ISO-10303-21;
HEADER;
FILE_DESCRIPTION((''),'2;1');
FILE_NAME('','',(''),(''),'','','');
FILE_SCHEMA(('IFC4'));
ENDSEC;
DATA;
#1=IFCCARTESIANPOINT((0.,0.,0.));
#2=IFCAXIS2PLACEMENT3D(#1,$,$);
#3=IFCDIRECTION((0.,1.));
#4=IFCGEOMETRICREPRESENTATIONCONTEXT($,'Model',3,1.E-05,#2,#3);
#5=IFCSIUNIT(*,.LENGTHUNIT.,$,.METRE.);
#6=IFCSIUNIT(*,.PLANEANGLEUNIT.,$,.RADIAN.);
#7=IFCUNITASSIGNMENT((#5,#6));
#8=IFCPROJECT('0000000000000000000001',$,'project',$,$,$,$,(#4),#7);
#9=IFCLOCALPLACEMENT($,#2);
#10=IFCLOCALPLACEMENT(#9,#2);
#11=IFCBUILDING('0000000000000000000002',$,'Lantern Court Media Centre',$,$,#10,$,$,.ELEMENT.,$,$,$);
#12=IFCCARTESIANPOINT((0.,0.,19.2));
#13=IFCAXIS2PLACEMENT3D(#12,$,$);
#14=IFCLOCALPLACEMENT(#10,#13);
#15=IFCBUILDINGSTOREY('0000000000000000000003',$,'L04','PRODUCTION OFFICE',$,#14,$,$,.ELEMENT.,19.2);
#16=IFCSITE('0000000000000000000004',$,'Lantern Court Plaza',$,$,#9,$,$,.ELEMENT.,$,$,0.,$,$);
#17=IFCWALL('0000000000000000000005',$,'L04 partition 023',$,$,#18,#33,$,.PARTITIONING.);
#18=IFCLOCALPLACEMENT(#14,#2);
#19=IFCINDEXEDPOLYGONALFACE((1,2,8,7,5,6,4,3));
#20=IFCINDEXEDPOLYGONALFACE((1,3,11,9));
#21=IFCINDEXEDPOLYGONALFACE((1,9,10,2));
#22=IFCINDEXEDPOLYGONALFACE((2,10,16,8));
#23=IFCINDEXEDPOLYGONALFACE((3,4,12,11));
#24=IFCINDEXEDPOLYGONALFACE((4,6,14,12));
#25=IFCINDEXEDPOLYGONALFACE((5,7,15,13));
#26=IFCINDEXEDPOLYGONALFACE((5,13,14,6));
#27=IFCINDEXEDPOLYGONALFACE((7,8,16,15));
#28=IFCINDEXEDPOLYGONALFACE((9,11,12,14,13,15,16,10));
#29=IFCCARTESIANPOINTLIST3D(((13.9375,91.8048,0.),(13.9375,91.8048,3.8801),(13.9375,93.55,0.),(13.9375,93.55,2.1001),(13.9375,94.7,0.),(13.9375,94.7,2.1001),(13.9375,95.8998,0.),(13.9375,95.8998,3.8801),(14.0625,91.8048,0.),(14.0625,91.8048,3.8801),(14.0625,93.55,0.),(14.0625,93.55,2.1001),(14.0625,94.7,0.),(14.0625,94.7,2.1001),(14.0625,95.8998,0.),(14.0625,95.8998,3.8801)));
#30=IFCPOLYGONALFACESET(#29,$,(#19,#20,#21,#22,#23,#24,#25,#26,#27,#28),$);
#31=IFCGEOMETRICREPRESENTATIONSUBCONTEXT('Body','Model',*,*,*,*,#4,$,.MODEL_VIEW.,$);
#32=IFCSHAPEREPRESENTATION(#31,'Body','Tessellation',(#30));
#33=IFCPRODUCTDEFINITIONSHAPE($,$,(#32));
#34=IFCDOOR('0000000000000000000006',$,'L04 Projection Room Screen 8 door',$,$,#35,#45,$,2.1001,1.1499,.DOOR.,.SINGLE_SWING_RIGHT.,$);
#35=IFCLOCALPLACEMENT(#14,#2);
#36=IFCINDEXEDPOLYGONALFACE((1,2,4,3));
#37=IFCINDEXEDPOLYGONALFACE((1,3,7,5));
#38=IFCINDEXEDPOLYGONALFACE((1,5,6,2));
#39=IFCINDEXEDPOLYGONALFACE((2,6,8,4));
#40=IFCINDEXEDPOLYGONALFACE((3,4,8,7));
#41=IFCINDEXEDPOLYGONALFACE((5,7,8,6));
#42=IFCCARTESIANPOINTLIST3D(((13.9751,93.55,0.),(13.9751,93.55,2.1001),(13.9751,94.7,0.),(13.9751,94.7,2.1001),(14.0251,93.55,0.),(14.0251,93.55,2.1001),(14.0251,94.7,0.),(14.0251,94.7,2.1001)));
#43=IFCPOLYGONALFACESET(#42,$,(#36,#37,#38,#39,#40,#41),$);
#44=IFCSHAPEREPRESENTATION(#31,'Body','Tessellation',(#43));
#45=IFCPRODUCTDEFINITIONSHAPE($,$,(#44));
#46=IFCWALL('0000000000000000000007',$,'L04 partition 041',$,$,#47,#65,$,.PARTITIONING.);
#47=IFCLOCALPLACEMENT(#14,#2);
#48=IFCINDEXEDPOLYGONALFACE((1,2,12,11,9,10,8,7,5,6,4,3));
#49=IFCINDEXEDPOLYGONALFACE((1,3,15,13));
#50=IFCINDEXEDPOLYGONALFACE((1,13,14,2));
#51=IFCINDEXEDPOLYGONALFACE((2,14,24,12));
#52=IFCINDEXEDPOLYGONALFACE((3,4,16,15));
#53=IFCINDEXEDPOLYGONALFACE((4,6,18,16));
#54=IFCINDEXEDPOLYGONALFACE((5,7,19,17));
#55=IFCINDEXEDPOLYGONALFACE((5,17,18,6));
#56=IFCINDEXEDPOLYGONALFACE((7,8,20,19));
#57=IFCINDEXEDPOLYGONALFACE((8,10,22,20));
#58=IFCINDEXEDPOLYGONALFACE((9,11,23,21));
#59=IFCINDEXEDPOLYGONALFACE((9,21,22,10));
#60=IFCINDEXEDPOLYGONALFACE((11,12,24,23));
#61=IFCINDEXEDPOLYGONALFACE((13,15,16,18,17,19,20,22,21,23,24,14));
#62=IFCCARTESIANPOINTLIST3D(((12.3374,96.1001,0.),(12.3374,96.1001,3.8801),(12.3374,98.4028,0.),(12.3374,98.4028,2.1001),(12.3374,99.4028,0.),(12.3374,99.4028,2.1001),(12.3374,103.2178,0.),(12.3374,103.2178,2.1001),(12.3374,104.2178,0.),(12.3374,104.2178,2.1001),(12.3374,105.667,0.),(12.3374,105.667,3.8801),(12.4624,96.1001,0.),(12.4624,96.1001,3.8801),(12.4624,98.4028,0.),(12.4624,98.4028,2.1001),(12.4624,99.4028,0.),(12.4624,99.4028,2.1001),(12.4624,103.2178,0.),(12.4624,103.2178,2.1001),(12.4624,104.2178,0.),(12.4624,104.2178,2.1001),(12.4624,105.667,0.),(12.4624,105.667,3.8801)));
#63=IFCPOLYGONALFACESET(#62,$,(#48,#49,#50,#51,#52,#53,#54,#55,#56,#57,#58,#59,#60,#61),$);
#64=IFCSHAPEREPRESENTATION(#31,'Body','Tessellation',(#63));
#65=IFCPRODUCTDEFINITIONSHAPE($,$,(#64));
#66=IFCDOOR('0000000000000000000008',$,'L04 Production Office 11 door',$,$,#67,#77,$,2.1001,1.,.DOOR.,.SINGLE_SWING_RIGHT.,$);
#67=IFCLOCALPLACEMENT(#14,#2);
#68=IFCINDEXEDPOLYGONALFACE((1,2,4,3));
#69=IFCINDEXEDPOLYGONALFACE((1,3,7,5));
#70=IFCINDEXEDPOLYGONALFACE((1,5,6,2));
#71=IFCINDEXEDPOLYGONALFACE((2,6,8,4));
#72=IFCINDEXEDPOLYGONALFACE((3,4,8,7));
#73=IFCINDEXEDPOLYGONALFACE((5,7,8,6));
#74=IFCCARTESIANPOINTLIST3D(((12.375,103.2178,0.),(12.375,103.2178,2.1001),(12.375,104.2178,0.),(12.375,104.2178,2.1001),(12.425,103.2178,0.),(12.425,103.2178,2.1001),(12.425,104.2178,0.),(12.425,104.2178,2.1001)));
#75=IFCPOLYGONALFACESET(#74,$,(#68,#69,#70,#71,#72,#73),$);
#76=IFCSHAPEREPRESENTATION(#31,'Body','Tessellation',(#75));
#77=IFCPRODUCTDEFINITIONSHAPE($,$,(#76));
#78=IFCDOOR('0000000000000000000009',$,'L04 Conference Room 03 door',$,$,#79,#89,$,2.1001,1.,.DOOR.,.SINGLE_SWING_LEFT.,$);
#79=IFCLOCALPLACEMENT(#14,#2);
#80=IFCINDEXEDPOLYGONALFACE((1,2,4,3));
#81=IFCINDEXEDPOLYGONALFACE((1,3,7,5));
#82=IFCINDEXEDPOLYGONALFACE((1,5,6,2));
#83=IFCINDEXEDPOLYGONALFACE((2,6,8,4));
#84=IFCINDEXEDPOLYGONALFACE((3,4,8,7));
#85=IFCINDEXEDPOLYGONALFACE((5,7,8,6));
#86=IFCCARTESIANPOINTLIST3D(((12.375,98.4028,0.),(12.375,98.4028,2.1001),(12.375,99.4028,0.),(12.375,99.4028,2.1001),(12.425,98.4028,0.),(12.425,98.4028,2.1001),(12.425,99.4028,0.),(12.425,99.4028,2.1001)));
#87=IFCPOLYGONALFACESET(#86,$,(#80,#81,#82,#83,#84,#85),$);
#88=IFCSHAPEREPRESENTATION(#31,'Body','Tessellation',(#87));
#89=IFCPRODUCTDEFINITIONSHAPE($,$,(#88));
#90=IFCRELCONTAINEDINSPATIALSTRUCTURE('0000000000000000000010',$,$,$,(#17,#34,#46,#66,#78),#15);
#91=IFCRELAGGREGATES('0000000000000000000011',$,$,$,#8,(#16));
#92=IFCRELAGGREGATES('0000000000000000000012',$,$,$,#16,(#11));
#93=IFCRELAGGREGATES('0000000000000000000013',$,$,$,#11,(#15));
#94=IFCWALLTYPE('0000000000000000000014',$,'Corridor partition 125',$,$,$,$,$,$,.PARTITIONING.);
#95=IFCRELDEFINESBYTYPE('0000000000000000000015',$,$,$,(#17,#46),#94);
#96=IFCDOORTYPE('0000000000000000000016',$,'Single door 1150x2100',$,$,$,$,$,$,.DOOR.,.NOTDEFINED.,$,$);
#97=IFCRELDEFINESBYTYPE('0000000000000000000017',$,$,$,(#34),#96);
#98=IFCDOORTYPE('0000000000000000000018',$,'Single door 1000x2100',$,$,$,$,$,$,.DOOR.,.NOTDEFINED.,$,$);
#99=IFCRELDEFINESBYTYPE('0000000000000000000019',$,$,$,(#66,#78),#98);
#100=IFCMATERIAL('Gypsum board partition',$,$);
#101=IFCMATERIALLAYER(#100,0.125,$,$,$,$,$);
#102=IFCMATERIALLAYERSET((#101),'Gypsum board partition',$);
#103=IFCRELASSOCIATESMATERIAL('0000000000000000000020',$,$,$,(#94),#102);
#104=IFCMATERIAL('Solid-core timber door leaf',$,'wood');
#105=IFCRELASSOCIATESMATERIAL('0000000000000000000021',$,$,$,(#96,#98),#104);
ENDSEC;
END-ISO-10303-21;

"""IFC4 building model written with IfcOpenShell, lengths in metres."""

from ifc_helpers import new_model, si_unit, direction, frame, frame_2d, origin, place, context, subcontext, project, spatial, rectangle, extrude, material, layer, layer_set, type_object, element, fill, save


model = new_model("IFC4")

# Units and contexts
model_context = context("Model", 3, precision=1e-05, world=origin(), true_north=direction((0.0, 1.0)))
body_context = subcontext(model_context, "Body", "Model", "MODEL_VIEW")
ifc_project = project(units=[si_unit("LENGTHUNIT", "METRE"), si_unit("PLANEANGLEUNIT", "RADIAN")], contexts=[model_context])

# Site, building, storey
site_placement = place(None, origin())
site = spatial("IfcSite", under=ifc_project, at=site_placement, Name="Lantern Court Plaza", CompositionType="ELEMENT", RefElevation=0.0)
building_placement = place(site_placement, origin())
building = spatial("IfcBuilding", under=site, at=building_placement, Name="Lantern Court Media Centre", CompositionType="ELEMENT")
storey_placement = place(building_placement, frame((0.0, 0.0, 19.2)))
storey = spatial("IfcBuildingStorey", under=building, at=storey_placement, Name="L04", Description="PRODUCTION OFFICE", CompositionType="ELEMENT", Elevation=19.2)

# Wall, opening, door
ifc_material_1 = material(Name="Gypsum board partition")
ifc_layer_1 = layer(ifc_material_1, 0.125)
ifc_layer_set_1 = layer_set([ifc_layer_1], Name="Gypsum board partition")
wall_type_1 = type_object("IfcWallType", Name="Corridor partition 125", PredefinedType="PARTITIONING", material=ifc_layer_set_1)
wall_1_placement = place(storey_placement, frame((14.0, 91.8049, 0.0), z_axis=(0.0, 0.0, 1.0), x_axis=(0.0, 1.0, 0.0)))
wall_1 = element("IfcWall", 1, at=wall_1_placement, inside=storey, type_object=wall_type_1, Name="L04 partition 023", PredefinedType="PARTITIONING", context=body_context, shape_type="SweptSolid", body=[
    extrude(rectangle(XDim=4.095, YDim=0.125, at=frame_2d((2.0474, 0.0))), origin(), (0.0, 0.0, 1.0), 3.8801),
])
opening_1_placement = place(wall_1_placement, frame((1.7451, 0.0, 0.0)))
opening_1 = element("IfcOpeningElement", 2, at=opening_1_placement, cuts=wall_1, PredefinedType="OPENING", context=body_context, shape_type="SweptSolid", body=[
    extrude(rectangle(XDim=1.1499, YDim=2.1001, at=frame_2d((0.575, 1.05))), frame((0.0, 0.0725, 0.0), z_axis=(0.0, -1.0, 0.0), x_axis=(1.0, 0.0, 0.0)), (0.0, 0.0, 1.0), 0.145),
])
ifc_material_2 = material(Name="Solid-core timber door leaf", Category="wood")
door_type_1 = type_object("IfcDoorType", Name="Single door 1150x2100", OperationType="NOTDEFINED", PredefinedType="DOOR", material=ifc_material_2)
door_1_placement = place(opening_1_placement, origin())
door_1 = element("IfcDoor", 3, at=door_1_placement, inside=storey, type_object=door_type_1, Name="L04 Projection Room Screen 8 door", OperationType="SINGLE_SWING_RIGHT", OverallHeight=2.1001, OverallWidth=1.1499, PredefinedType="DOOR", context=body_context, shape_type="SweptSolid", body=[
    extrude(rectangle(XDim=1.1499, YDim=2.1001, at=frame_2d((0.575, 1.05))), frame((0.0, 0.0249, 0.0), z_axis=(0.0, -1.0, 0.0), x_axis=(1.0, 0.0, 0.0)), (0.0, 0.0, 1.0), 0.05),
])
fill(opening_1, door_1)

# Wall, openings, doors
wall_2_placement = place(storey_placement, frame((12.3999, 96.1001, 0.0), z_axis=(0.0, 0.0, 1.0), x_axis=(0.0, 1.0, 0.0)))
wall_2 = element("IfcWall", 4, at=wall_2_placement, inside=storey, type_object=wall_type_1, Name="L04 partition 041", PredefinedType="PARTITIONING", context=body_context, shape_type="SweptSolid", body=[
    extrude(rectangle(XDim=9.5669, YDim=0.125, at=frame_2d((4.7834, 0.0))), origin(), (0.0, 0.0, 1.0), 3.8801),
])
opening_2_placement = place(wall_2_placement, frame((7.1177, 0.0, 0.0)))
opening_2 = element("IfcOpeningElement", 5, at=opening_2_placement, cuts=wall_2, PredefinedType="OPENING", context=body_context, shape_type="SweptSolid", body=[
    extrude(rectangle(XDim=1.0, YDim=2.1001, at=frame_2d((0.5, 1.05))), frame((0.0, 0.0725, 0.0), z_axis=(0.0, -1.0, 0.0), x_axis=(1.0, 0.0, 0.0)), (0.0, 0.0, 1.0), 0.145),
])
opening_3_placement = place(wall_2_placement, frame((2.3027, 0.0, 0.0)))
opening_3 = element("IfcOpeningElement", 6, at=opening_3_placement, cuts=wall_2, PredefinedType="OPENING", context=body_context, shape_type="SweptSolid", body=[
    extrude(rectangle(XDim=1.0, YDim=2.1001, at=frame_2d((0.5, 1.05))), frame((0.0, 0.0725, 0.0), z_axis=(0.0, -1.0, 0.0), x_axis=(1.0, 0.0, 0.0)), (0.0, 0.0, 1.0), 0.145),
])
door_type_2 = type_object("IfcDoorType", Name="Single door 1000x2100", OperationType="NOTDEFINED", PredefinedType="DOOR", material=ifc_material_2)
door_2_placement = place(opening_2_placement, origin())
door_2 = element("IfcDoor", 7, at=door_2_placement, inside=storey, type_object=door_type_2, Name="L04 Production Office 11 door", OperationType="SINGLE_SWING_RIGHT", OverallHeight=2.1001, OverallWidth=1.0, PredefinedType="DOOR", context=body_context, shape_type="SweptSolid", body=[
    extrude(rectangle(XDim=1.0, YDim=2.1001, at=frame_2d((0.5, 1.05))), frame((0.0, 0.0249, 0.0), z_axis=(0.0, -1.0, 0.0), x_axis=(1.0, 0.0, 0.0)), (0.0, 0.0, 1.0), 0.05),
])
fill(opening_2, door_2)
door_3_placement = place(opening_3_placement, origin())
door_3 = element("IfcDoor", 8, at=door_3_placement, inside=storey, type_object=door_type_2, Name="L04 Conference Room 03 door", OperationType="SINGLE_SWING_LEFT", OverallHeight=2.1001, OverallWidth=1.0, PredefinedType="DOOR", context=body_context, shape_type="SweptSolid", body=[
    extrude(rectangle(XDim=1.0, YDim=2.1001, at=frame_2d((0.5, 1.05))), frame((0.0, 0.0249, 0.0), z_axis=(0.0, -1.0, 0.0), x_axis=(1.0, 0.0, 0.0)), (0.0, 0.0, 1.0), 0.05),
])
fill(opening_3, door_3)

save(model, "model.ifc")
